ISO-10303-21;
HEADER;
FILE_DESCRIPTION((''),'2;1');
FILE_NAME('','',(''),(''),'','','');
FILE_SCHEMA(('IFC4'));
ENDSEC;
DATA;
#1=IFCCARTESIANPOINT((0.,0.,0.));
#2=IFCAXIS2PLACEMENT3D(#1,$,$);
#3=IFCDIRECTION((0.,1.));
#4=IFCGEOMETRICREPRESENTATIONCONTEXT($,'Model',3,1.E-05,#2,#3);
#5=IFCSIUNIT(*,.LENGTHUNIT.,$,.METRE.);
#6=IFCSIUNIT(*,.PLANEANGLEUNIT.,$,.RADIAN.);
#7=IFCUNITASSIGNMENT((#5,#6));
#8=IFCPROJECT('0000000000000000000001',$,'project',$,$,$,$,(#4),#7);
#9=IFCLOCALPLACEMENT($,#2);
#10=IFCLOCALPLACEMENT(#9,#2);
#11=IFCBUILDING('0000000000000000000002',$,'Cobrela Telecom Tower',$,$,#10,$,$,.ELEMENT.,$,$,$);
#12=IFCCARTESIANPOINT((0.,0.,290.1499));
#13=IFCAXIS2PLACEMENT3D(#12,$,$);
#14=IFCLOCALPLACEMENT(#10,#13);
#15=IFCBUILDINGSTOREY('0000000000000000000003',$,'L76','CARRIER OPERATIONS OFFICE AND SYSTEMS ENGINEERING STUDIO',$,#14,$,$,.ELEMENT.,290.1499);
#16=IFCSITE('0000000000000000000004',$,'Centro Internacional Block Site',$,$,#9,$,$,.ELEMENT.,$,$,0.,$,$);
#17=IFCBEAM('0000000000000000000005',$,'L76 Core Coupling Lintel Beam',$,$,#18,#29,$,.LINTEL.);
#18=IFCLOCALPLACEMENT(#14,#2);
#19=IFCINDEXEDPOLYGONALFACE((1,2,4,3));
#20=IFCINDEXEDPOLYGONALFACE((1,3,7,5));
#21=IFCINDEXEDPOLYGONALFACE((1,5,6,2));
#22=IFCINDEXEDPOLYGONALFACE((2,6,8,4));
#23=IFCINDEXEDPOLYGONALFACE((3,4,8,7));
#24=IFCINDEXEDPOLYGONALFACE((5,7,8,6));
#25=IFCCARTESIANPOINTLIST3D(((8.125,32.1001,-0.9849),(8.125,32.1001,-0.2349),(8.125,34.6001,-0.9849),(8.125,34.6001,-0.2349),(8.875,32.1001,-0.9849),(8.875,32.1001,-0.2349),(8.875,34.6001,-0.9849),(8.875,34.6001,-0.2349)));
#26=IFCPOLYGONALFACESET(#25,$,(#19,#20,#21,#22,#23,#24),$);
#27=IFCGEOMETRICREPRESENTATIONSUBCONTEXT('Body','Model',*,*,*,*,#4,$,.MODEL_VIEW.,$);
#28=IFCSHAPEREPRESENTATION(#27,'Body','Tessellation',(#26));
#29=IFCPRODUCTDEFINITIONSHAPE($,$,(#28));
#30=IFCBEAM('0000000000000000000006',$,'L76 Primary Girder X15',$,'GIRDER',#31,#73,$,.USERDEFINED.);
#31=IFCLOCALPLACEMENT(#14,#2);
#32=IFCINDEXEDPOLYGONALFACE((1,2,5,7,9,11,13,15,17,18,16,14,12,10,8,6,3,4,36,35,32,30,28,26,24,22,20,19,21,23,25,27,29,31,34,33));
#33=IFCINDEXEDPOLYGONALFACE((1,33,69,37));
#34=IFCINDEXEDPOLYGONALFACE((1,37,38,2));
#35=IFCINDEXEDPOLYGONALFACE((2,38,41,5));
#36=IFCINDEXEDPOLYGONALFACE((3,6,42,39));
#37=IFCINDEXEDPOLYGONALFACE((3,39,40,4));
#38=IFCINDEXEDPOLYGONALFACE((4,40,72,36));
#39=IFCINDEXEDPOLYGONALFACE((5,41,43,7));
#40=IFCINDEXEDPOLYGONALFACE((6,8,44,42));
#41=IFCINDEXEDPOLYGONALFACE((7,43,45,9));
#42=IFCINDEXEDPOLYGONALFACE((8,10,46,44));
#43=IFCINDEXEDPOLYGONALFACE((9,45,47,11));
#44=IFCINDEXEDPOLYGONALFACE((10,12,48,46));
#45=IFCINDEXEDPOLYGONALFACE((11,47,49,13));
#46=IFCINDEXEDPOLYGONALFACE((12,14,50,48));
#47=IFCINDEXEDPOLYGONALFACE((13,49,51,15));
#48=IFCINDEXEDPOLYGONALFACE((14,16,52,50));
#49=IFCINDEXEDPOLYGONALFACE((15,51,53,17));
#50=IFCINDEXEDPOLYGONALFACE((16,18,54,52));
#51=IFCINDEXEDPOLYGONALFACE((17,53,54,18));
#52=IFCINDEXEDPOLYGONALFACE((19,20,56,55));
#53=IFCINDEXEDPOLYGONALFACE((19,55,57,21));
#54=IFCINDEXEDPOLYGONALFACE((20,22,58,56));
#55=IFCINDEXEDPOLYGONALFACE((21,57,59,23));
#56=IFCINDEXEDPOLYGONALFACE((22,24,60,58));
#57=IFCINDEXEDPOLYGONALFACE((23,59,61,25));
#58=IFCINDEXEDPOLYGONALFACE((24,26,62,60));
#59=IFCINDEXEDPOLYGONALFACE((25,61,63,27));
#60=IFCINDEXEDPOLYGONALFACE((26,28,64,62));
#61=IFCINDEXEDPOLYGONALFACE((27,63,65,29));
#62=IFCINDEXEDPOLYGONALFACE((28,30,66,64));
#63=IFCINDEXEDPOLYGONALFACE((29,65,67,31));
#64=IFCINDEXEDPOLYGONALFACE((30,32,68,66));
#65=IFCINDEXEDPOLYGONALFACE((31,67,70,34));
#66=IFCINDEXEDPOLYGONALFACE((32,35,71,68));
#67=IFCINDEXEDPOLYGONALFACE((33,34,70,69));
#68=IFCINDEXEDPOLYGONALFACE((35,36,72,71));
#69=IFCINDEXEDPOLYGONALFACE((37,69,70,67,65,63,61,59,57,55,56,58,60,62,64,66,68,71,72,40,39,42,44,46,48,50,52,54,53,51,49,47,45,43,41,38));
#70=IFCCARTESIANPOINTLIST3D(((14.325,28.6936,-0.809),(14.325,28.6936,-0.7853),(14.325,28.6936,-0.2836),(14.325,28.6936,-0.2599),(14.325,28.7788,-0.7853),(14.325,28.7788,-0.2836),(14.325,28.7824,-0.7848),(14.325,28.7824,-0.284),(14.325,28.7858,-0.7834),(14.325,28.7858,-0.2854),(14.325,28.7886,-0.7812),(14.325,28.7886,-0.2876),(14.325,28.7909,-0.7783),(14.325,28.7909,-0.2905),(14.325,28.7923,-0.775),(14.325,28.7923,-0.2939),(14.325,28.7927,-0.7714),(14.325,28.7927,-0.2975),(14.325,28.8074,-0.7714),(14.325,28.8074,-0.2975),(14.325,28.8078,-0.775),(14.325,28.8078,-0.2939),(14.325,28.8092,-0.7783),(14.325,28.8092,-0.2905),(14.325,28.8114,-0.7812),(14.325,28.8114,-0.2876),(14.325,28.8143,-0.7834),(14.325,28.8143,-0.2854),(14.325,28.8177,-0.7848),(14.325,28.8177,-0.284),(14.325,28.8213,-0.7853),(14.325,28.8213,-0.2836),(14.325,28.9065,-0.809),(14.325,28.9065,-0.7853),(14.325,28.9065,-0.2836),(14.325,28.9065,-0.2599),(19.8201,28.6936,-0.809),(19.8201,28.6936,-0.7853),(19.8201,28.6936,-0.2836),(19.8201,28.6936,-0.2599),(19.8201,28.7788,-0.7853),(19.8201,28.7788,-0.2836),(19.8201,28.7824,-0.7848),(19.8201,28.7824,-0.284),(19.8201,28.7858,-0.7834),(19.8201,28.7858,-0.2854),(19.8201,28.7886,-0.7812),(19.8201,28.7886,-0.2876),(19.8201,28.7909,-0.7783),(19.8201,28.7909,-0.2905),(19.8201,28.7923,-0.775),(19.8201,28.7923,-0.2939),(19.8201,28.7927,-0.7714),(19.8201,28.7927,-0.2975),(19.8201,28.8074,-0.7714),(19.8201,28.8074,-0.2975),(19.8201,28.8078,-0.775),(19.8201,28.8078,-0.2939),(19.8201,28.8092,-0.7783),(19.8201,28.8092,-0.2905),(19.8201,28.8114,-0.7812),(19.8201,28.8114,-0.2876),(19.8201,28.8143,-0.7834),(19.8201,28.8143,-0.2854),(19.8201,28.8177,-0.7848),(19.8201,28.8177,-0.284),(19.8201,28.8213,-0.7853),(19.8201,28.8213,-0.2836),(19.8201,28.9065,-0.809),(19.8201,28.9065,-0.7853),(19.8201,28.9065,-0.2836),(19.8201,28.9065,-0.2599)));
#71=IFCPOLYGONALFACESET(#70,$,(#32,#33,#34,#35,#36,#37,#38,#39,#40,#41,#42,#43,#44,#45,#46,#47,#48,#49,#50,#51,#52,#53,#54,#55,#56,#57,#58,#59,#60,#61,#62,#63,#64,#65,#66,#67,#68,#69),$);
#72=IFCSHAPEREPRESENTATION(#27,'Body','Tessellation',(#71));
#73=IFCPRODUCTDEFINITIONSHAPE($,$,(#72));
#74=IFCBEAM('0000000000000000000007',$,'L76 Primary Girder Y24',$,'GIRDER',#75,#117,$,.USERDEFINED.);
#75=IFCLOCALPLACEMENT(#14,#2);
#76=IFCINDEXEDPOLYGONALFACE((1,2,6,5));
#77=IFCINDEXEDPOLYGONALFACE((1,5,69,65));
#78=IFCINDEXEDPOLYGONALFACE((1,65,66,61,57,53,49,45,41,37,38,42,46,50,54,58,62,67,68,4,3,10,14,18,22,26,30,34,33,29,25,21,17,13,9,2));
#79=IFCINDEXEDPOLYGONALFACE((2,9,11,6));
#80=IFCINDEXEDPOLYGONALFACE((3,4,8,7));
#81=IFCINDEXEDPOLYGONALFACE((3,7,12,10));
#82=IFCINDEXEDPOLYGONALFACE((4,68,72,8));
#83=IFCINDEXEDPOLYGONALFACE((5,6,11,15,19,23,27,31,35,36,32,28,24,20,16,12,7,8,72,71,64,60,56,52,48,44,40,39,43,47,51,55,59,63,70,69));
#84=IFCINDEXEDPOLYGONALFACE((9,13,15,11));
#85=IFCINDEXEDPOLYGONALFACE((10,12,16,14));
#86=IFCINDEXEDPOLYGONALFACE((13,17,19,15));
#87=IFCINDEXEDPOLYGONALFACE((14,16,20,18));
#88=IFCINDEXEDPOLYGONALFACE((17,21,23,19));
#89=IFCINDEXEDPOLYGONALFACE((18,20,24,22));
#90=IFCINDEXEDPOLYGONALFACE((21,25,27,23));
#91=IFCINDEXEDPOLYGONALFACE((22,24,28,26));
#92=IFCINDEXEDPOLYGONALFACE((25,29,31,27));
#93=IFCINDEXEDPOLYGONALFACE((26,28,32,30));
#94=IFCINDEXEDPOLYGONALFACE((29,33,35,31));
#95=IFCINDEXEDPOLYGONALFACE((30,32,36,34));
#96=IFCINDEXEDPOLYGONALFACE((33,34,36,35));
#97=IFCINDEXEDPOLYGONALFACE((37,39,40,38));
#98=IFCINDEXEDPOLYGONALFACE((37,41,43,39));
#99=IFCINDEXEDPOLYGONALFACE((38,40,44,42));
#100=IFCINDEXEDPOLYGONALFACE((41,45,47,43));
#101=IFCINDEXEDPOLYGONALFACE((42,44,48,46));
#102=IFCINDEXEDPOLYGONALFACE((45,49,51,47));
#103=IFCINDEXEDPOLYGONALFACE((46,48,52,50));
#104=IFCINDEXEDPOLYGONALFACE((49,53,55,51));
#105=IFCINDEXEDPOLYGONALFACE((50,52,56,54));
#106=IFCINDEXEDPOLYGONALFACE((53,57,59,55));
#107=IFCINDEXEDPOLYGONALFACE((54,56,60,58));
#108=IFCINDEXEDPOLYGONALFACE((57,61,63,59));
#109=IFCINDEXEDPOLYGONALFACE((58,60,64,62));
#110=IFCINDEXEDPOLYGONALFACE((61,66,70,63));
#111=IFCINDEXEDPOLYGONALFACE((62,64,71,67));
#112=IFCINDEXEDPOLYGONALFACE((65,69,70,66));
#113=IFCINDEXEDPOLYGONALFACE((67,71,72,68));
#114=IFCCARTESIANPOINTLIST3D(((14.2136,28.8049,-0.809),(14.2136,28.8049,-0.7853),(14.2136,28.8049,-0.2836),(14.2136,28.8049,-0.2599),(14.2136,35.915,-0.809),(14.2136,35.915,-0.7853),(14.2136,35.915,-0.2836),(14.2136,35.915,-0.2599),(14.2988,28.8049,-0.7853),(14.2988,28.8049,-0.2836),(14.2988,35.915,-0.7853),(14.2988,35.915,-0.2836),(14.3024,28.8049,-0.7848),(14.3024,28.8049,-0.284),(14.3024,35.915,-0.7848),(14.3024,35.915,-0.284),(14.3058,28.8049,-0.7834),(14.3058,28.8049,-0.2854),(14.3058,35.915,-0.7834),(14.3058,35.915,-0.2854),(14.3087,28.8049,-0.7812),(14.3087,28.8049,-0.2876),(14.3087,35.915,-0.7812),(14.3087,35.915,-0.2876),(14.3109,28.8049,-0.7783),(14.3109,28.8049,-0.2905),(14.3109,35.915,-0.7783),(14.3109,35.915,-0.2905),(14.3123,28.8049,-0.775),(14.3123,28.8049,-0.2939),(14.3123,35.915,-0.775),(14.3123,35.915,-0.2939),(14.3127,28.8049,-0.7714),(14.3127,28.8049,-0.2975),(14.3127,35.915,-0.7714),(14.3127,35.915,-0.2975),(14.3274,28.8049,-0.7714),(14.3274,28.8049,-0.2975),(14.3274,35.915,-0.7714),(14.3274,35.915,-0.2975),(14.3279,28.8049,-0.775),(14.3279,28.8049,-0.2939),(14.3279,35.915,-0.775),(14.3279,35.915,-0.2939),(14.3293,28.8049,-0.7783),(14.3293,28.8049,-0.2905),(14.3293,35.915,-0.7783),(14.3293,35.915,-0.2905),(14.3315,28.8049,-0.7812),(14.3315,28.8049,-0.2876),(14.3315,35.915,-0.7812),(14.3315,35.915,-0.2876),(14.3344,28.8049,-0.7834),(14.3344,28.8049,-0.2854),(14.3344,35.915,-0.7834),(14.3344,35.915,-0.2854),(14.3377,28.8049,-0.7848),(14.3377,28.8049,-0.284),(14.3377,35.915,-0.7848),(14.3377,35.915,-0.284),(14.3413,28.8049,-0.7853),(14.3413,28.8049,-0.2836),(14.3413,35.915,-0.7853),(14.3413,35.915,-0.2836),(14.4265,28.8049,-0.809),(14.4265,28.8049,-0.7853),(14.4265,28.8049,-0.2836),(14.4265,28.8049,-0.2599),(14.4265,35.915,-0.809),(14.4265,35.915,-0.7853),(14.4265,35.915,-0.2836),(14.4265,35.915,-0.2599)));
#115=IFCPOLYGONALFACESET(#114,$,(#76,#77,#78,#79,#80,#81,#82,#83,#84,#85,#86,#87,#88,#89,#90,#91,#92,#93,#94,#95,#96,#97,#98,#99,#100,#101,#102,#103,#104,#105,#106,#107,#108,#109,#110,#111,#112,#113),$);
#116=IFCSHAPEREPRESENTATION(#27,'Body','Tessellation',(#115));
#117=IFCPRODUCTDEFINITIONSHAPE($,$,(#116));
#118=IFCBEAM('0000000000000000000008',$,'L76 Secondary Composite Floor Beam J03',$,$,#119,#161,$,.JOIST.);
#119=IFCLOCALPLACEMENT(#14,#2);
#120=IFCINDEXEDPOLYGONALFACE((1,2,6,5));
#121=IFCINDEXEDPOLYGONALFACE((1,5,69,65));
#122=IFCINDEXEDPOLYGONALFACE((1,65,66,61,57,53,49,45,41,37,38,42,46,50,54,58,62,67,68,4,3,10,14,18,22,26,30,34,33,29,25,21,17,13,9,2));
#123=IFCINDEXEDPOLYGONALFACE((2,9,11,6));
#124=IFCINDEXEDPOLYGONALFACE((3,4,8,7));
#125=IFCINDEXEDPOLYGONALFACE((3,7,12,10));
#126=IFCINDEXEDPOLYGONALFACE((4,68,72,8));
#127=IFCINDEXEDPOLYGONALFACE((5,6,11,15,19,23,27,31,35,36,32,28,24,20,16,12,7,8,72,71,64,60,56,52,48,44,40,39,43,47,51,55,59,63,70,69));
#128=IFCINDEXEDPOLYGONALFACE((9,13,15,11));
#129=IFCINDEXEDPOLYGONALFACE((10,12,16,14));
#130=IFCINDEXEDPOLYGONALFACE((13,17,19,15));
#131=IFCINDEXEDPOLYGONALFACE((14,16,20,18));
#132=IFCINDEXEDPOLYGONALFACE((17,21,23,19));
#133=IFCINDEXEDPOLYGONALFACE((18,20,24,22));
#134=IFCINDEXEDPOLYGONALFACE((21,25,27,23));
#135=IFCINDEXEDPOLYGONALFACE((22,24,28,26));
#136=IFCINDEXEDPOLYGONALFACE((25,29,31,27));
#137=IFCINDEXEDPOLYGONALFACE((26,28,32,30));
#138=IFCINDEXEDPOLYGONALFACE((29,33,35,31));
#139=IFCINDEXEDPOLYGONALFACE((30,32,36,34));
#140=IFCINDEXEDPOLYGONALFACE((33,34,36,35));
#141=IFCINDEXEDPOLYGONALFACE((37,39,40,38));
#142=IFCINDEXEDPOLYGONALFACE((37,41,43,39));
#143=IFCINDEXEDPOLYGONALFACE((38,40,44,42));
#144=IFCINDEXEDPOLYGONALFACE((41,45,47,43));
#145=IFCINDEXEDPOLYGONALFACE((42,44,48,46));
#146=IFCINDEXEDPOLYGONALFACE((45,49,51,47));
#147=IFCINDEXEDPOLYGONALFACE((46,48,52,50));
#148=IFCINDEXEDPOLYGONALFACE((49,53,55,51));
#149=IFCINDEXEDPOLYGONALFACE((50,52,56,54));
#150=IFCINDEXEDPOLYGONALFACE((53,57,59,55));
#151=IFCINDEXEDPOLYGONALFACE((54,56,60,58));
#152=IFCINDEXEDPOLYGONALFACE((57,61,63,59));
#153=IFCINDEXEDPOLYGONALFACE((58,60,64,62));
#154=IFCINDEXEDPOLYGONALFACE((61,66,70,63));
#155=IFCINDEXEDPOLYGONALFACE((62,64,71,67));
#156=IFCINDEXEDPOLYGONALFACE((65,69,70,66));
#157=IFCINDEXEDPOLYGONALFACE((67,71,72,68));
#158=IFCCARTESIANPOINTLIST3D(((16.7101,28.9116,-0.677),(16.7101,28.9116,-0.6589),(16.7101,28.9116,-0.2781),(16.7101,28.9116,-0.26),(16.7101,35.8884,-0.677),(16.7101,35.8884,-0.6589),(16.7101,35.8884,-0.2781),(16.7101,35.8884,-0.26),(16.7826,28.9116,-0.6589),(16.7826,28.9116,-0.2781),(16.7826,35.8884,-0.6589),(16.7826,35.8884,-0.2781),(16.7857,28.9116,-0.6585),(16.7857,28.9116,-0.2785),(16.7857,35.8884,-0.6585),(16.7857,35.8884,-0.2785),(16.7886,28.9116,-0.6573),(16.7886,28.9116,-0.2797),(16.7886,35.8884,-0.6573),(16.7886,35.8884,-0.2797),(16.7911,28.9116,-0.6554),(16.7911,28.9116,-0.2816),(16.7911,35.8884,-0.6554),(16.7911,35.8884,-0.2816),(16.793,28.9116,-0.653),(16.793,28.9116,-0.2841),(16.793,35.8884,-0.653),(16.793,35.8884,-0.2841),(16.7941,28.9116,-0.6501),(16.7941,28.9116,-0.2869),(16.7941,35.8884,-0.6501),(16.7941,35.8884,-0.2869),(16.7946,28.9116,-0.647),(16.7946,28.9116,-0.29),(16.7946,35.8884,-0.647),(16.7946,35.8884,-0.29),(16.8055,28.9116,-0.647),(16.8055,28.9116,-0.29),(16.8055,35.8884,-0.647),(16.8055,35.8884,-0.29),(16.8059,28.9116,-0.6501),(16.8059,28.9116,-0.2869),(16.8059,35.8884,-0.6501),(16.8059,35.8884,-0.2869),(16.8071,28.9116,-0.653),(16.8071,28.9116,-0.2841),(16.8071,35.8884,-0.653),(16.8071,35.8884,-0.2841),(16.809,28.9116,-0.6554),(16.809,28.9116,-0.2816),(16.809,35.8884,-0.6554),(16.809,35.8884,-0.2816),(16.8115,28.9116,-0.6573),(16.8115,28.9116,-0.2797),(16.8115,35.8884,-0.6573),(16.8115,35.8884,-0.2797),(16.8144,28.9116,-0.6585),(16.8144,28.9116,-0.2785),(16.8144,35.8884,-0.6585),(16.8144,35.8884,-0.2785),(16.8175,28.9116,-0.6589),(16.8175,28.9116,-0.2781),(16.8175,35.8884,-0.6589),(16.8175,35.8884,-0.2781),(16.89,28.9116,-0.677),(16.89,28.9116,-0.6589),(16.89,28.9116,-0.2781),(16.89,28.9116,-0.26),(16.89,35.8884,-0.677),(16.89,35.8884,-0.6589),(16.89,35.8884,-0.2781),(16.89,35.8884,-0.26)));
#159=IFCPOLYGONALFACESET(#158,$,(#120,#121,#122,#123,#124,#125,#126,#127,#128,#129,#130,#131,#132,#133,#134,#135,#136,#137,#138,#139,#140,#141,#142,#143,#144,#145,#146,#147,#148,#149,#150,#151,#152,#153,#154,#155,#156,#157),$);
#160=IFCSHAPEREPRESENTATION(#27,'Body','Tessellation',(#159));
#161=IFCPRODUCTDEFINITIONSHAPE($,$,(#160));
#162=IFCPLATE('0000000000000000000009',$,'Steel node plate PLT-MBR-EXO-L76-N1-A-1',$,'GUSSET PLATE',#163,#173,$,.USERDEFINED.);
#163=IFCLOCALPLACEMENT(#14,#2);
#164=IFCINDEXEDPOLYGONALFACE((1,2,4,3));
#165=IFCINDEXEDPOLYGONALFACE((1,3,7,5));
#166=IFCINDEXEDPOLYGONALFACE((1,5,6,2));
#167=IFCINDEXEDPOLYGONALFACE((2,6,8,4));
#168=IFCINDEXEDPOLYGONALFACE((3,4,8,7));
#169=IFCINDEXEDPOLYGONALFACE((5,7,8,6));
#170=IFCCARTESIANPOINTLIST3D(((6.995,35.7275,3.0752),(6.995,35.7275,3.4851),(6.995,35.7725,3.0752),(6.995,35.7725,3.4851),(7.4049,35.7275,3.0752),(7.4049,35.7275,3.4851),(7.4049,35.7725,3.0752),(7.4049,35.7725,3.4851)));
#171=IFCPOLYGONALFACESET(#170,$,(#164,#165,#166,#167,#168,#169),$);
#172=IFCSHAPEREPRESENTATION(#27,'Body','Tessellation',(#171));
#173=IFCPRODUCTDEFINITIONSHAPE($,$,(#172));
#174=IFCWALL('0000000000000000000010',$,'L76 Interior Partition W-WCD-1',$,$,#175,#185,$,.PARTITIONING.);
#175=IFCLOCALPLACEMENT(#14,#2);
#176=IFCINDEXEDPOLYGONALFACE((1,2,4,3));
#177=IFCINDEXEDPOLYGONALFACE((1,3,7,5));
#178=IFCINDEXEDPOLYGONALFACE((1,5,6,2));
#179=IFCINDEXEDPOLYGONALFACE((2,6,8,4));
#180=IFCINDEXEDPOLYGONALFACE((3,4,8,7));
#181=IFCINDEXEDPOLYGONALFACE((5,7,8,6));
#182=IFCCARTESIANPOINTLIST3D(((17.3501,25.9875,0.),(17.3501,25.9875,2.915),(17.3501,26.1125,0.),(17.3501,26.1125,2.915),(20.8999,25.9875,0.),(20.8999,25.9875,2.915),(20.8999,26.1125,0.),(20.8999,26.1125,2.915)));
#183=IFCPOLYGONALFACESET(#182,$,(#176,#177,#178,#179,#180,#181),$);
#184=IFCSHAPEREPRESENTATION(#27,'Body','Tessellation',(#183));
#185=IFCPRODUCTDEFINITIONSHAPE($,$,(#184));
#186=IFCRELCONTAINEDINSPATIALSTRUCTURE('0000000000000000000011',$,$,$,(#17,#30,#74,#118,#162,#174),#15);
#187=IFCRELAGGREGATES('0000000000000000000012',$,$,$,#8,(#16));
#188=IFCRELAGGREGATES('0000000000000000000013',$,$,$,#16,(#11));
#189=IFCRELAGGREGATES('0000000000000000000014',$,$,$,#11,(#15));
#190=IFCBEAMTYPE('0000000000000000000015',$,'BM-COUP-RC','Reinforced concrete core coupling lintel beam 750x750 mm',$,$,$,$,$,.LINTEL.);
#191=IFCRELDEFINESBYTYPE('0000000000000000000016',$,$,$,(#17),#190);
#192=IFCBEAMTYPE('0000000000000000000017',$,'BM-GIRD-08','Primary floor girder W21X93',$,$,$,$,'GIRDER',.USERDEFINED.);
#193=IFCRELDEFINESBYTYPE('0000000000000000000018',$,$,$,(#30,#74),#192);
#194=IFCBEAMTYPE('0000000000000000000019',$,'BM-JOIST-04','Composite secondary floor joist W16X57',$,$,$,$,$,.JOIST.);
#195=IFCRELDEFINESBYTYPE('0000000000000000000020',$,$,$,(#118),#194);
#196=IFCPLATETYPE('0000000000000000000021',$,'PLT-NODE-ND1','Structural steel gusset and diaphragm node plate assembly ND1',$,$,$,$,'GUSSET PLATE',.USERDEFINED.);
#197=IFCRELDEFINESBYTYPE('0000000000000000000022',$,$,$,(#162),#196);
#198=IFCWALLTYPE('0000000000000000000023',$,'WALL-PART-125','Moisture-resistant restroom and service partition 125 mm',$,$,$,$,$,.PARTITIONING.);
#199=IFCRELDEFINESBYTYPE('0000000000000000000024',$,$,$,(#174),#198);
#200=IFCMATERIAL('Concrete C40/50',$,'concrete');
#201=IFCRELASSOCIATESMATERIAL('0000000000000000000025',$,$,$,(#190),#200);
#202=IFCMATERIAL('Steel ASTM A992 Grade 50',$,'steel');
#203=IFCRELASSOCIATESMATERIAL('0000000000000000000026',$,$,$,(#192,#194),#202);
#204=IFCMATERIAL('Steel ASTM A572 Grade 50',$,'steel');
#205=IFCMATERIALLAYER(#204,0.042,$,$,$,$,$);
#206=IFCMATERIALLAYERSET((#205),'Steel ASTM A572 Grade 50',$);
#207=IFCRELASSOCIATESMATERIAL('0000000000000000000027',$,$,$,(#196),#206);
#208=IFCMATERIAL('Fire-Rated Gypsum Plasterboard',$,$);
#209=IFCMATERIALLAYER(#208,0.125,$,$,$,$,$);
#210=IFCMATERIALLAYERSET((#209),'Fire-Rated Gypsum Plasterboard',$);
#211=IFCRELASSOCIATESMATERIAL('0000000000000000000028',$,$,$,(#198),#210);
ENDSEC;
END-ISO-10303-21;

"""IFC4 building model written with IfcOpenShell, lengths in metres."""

from ifc_helpers import new_model, si_unit, direction, frame, frame_2d, origin, origin_2d, place, context, subcontext, project, spatial, rectangle, i_section, extrude, material, layer, layer_set, material_profile, profile_set, type_object, element, save


model = new_model("IFC4")

# Units and contexts
model_context = context("Model", 3, precision=1e-05, world=origin(), true_north=direction((0.0, 1.0)))
body_context = subcontext(model_context, "Body", "Model", "MODEL_VIEW")
ifc_project = project(units=[si_unit("LENGTHUNIT", "METRE"), si_unit("PLANEANGLEUNIT", "RADIAN")], contexts=[model_context])

# Site, building, storey
site_placement = place(None, origin())
site = spatial("IfcSite", under=ifc_project, at=site_placement, Name="Centro Internacional Block Site", CompositionType="ELEMENT", RefElevation=0.0)
building_placement = place(site_placement, origin())
building = spatial("IfcBuilding", under=site, at=building_placement, Name="Cobrela Telecom Tower", CompositionType="ELEMENT")
storey_placement = place(building_placement, frame((0.0, 0.0, 290.1499)))
storey = spatial("IfcBuildingStorey", under=building, at=storey_placement, Name="L76", Description="CARRIER OPERATIONS OFFICE AND SYSTEMS ENGINEERING STUDIO", CompositionType="ELEMENT", Elevation=290.1499)

# Beams
ifc_material_1 = material(Name="Concrete C40/50", Category="concrete")
ifc_material_profile_1 = material_profile(ifc_material_1, rectangle(XDim=0.75, YDim=0.75, at=origin_2d()), Name="RC 750x750")
ifc_profile_set_1 = profile_set([ifc_material_profile_1], Name="Concrete C40/50")
beam_type_1 = type_object("IfcBeamType", Name="BM-COUP-RC", Description="Reinforced concrete core coupling lintel beam 750x750 mm", PredefinedType="LINTEL", material=ifc_profile_set_1)
beam_1_placement = place(storey_placement, frame((8.5, 32.1001, -0.6099), z_axis=(0.0, 1.0, 0.0), x_axis=(-1.0, 0.0, 0.0)))
element("IfcBeam", 1, at=beam_1_placement, inside=storey, type_object=beam_type_1, Name="L76 Core Coupling Lintel Beam", PredefinedType="LINTEL", context=body_context, shape_type="SweptSolid", body=[
    extrude(rectangle(XDim=0.75, YDim=0.75, at=origin_2d()), origin(), (0.0, 0.0, 1.0), 2.5),
])
ifc_material_2 = material(Name="Steel ASTM A992 Grade 50", Category="steel")
ifc_material_profile_2 = material_profile(ifc_material_2, i_section(OverallWidth=0.2129, OverallDepth=0.5491, WebThickness=0.0146, FlangeThickness=0.0237, FilletRadius=0.0139, at=origin_2d()), Name="W21X93")
ifc_profile_set_2 = profile_set([ifc_material_profile_2], Name="Steel ASTM A992 Grade 50")
beam_type_2 = type_object("IfcBeamType", Name="BM-GIRD-08", Description="Primary floor girder W21X93", ElementType="GIRDER", PredefinedType="USERDEFINED", material=ifc_profile_set_2)
beam_2_placement = place(storey_placement, frame((14.325, 28.8, -0.5344), z_axis=(1.0, 0.0, 0.0), x_axis=(0.0, 1.0, 0.0)))
element("IfcBeam", 2, at=beam_2_placement, inside=storey, type_object=beam_type_2, Name="L76 Primary Girder X15", ObjectType="GIRDER", PredefinedType="USERDEFINED", context=body_context, shape_type="SweptSolid", body=[
    extrude(i_section(OverallWidth=0.2129, OverallDepth=0.5491, WebThickness=0.0146, FlangeThickness=0.0237, FilletRadius=0.0139, at=origin_2d()), origin(), (0.0, 0.0, 1.0), 5.4951),
])
beam_3_placement = place(storey_placement, frame((14.3201, 28.8049, -0.5344), z_axis=(0.0, 1.0, 0.0), x_axis=(-1.0, 0.0, 0.0)))
element("IfcBeam", 3, at=beam_3_placement, inside=storey, type_object=beam_type_2, Name="L76 Primary Girder Y24", ObjectType="GIRDER", PredefinedType="USERDEFINED", context=body_context, shape_type="SweptSolid", body=[
    extrude(i_section(OverallWidth=0.2129, OverallDepth=0.5491, WebThickness=0.0146, FlangeThickness=0.0237, FilletRadius=0.0139, at=origin_2d()), origin(), (0.0, 0.0, 1.0), 7.1101),
])
ifc_material_profile_3 = material_profile(ifc_material_2, i_section(OverallWidth=0.1799, OverallDepth=0.417, WebThickness=0.011, FlangeThickness=0.0181, FilletRadius=0.012, at=origin_2d()), Name="W16X57")
ifc_profile_set_3 = profile_set([ifc_material_profile_3], Name="Steel ASTM A992 Grade 50")
beam_type_3 = type_object("IfcBeamType", Name="BM-JOIST-04", Description="Composite secondary floor joist W16X57", PredefinedType="JOIST", material=ifc_profile_set_3)
beam_4_placement = place(storey_placement, frame((16.8, 28.9116, -0.4685), z_axis=(0.0, 1.0, 0.0), x_axis=(-1.0, 0.0, 0.0)))
element("IfcBeam", 4, at=beam_4_placement, inside=storey, type_object=beam_type_3, Name="L76 Secondary Composite Floor Beam J03", PredefinedType="JOIST", context=body_context, shape_type="SweptSolid", body=[
    extrude(i_section(OverallWidth=0.1799, OverallDepth=0.417, WebThickness=0.011, FlangeThickness=0.0181, FilletRadius=0.012, at=origin_2d()), origin(), (0.0, 0.0, 1.0), 6.9768),
])

# Plate
ifc_material_3 = material(Name="Steel ASTM A572 Grade 50", Category="steel")
ifc_layer_1 = layer(ifc_material_3, 0.042)
ifc_layer_set_1 = layer_set([ifc_layer_1], Name="Steel ASTM A572 Grade 50")
plate_type = type_object("IfcPlateType", Name="PLT-NODE-ND1", Description="Structural steel gusset and diaphragm node plate assembly ND1", ElementType="GUSSET PLATE", PredefinedType="USERDEFINED", material=ifc_layer_set_1)
plate_placement = place(storey_placement, frame((7.2, 35.75, 3.0752), z_axis=(0.0, 0.0, 1.0), x_axis=(1.0, 0.0, 0.0)))
element("IfcPlate", 5, at=plate_placement, inside=storey, type_object=plate_type, Name="Steel node plate PLT-MBR-EXO-L76-N1-A-1", ObjectType="GUSSET PLATE", PredefinedType="USERDEFINED", context=body_context, shape_type="SweptSolid", body=[
    extrude(rectangle(XDim=0.4099, YDim=0.0449, at=origin_2d()), origin(), (0.0, 0.0, 1.0), 0.4099),
])

# Wall
ifc_material_4 = material(Name="Fire-Rated Gypsum Plasterboard")
ifc_layer_2 = layer(ifc_material_4, 0.125)
ifc_layer_set_2 = layer_set([ifc_layer_2], Name="Fire-Rated Gypsum Plasterboard")
wall_type_1 = type_object("IfcWallType", Name="WALL-PART-125", Description="Moisture-resistant restroom and service partition 125 mm", PredefinedType="PARTITIONING", material=ifc_layer_set_2)
wall_1_placement = place(storey_placement, frame((17.3501, 26.05, 0.0), z_axis=(0.0, 0.0, 1.0), x_axis=(1.0, 0.0, 0.0)))
element("IfcWall", 6, at=wall_1_placement, inside=storey, type_object=wall_type_1, Name="L76 Interior Partition W-WCD-1", PredefinedType="PARTITIONING", context=body_context, shape_type="SweptSolid", body=[
    extrude(rectangle(XDim=3.5498, YDim=0.125, at=frame_2d((1.7749, 0.0))), origin(), (0.0, 0.0, 1.0), 2.915),
])

save(model, "model.ifc")
